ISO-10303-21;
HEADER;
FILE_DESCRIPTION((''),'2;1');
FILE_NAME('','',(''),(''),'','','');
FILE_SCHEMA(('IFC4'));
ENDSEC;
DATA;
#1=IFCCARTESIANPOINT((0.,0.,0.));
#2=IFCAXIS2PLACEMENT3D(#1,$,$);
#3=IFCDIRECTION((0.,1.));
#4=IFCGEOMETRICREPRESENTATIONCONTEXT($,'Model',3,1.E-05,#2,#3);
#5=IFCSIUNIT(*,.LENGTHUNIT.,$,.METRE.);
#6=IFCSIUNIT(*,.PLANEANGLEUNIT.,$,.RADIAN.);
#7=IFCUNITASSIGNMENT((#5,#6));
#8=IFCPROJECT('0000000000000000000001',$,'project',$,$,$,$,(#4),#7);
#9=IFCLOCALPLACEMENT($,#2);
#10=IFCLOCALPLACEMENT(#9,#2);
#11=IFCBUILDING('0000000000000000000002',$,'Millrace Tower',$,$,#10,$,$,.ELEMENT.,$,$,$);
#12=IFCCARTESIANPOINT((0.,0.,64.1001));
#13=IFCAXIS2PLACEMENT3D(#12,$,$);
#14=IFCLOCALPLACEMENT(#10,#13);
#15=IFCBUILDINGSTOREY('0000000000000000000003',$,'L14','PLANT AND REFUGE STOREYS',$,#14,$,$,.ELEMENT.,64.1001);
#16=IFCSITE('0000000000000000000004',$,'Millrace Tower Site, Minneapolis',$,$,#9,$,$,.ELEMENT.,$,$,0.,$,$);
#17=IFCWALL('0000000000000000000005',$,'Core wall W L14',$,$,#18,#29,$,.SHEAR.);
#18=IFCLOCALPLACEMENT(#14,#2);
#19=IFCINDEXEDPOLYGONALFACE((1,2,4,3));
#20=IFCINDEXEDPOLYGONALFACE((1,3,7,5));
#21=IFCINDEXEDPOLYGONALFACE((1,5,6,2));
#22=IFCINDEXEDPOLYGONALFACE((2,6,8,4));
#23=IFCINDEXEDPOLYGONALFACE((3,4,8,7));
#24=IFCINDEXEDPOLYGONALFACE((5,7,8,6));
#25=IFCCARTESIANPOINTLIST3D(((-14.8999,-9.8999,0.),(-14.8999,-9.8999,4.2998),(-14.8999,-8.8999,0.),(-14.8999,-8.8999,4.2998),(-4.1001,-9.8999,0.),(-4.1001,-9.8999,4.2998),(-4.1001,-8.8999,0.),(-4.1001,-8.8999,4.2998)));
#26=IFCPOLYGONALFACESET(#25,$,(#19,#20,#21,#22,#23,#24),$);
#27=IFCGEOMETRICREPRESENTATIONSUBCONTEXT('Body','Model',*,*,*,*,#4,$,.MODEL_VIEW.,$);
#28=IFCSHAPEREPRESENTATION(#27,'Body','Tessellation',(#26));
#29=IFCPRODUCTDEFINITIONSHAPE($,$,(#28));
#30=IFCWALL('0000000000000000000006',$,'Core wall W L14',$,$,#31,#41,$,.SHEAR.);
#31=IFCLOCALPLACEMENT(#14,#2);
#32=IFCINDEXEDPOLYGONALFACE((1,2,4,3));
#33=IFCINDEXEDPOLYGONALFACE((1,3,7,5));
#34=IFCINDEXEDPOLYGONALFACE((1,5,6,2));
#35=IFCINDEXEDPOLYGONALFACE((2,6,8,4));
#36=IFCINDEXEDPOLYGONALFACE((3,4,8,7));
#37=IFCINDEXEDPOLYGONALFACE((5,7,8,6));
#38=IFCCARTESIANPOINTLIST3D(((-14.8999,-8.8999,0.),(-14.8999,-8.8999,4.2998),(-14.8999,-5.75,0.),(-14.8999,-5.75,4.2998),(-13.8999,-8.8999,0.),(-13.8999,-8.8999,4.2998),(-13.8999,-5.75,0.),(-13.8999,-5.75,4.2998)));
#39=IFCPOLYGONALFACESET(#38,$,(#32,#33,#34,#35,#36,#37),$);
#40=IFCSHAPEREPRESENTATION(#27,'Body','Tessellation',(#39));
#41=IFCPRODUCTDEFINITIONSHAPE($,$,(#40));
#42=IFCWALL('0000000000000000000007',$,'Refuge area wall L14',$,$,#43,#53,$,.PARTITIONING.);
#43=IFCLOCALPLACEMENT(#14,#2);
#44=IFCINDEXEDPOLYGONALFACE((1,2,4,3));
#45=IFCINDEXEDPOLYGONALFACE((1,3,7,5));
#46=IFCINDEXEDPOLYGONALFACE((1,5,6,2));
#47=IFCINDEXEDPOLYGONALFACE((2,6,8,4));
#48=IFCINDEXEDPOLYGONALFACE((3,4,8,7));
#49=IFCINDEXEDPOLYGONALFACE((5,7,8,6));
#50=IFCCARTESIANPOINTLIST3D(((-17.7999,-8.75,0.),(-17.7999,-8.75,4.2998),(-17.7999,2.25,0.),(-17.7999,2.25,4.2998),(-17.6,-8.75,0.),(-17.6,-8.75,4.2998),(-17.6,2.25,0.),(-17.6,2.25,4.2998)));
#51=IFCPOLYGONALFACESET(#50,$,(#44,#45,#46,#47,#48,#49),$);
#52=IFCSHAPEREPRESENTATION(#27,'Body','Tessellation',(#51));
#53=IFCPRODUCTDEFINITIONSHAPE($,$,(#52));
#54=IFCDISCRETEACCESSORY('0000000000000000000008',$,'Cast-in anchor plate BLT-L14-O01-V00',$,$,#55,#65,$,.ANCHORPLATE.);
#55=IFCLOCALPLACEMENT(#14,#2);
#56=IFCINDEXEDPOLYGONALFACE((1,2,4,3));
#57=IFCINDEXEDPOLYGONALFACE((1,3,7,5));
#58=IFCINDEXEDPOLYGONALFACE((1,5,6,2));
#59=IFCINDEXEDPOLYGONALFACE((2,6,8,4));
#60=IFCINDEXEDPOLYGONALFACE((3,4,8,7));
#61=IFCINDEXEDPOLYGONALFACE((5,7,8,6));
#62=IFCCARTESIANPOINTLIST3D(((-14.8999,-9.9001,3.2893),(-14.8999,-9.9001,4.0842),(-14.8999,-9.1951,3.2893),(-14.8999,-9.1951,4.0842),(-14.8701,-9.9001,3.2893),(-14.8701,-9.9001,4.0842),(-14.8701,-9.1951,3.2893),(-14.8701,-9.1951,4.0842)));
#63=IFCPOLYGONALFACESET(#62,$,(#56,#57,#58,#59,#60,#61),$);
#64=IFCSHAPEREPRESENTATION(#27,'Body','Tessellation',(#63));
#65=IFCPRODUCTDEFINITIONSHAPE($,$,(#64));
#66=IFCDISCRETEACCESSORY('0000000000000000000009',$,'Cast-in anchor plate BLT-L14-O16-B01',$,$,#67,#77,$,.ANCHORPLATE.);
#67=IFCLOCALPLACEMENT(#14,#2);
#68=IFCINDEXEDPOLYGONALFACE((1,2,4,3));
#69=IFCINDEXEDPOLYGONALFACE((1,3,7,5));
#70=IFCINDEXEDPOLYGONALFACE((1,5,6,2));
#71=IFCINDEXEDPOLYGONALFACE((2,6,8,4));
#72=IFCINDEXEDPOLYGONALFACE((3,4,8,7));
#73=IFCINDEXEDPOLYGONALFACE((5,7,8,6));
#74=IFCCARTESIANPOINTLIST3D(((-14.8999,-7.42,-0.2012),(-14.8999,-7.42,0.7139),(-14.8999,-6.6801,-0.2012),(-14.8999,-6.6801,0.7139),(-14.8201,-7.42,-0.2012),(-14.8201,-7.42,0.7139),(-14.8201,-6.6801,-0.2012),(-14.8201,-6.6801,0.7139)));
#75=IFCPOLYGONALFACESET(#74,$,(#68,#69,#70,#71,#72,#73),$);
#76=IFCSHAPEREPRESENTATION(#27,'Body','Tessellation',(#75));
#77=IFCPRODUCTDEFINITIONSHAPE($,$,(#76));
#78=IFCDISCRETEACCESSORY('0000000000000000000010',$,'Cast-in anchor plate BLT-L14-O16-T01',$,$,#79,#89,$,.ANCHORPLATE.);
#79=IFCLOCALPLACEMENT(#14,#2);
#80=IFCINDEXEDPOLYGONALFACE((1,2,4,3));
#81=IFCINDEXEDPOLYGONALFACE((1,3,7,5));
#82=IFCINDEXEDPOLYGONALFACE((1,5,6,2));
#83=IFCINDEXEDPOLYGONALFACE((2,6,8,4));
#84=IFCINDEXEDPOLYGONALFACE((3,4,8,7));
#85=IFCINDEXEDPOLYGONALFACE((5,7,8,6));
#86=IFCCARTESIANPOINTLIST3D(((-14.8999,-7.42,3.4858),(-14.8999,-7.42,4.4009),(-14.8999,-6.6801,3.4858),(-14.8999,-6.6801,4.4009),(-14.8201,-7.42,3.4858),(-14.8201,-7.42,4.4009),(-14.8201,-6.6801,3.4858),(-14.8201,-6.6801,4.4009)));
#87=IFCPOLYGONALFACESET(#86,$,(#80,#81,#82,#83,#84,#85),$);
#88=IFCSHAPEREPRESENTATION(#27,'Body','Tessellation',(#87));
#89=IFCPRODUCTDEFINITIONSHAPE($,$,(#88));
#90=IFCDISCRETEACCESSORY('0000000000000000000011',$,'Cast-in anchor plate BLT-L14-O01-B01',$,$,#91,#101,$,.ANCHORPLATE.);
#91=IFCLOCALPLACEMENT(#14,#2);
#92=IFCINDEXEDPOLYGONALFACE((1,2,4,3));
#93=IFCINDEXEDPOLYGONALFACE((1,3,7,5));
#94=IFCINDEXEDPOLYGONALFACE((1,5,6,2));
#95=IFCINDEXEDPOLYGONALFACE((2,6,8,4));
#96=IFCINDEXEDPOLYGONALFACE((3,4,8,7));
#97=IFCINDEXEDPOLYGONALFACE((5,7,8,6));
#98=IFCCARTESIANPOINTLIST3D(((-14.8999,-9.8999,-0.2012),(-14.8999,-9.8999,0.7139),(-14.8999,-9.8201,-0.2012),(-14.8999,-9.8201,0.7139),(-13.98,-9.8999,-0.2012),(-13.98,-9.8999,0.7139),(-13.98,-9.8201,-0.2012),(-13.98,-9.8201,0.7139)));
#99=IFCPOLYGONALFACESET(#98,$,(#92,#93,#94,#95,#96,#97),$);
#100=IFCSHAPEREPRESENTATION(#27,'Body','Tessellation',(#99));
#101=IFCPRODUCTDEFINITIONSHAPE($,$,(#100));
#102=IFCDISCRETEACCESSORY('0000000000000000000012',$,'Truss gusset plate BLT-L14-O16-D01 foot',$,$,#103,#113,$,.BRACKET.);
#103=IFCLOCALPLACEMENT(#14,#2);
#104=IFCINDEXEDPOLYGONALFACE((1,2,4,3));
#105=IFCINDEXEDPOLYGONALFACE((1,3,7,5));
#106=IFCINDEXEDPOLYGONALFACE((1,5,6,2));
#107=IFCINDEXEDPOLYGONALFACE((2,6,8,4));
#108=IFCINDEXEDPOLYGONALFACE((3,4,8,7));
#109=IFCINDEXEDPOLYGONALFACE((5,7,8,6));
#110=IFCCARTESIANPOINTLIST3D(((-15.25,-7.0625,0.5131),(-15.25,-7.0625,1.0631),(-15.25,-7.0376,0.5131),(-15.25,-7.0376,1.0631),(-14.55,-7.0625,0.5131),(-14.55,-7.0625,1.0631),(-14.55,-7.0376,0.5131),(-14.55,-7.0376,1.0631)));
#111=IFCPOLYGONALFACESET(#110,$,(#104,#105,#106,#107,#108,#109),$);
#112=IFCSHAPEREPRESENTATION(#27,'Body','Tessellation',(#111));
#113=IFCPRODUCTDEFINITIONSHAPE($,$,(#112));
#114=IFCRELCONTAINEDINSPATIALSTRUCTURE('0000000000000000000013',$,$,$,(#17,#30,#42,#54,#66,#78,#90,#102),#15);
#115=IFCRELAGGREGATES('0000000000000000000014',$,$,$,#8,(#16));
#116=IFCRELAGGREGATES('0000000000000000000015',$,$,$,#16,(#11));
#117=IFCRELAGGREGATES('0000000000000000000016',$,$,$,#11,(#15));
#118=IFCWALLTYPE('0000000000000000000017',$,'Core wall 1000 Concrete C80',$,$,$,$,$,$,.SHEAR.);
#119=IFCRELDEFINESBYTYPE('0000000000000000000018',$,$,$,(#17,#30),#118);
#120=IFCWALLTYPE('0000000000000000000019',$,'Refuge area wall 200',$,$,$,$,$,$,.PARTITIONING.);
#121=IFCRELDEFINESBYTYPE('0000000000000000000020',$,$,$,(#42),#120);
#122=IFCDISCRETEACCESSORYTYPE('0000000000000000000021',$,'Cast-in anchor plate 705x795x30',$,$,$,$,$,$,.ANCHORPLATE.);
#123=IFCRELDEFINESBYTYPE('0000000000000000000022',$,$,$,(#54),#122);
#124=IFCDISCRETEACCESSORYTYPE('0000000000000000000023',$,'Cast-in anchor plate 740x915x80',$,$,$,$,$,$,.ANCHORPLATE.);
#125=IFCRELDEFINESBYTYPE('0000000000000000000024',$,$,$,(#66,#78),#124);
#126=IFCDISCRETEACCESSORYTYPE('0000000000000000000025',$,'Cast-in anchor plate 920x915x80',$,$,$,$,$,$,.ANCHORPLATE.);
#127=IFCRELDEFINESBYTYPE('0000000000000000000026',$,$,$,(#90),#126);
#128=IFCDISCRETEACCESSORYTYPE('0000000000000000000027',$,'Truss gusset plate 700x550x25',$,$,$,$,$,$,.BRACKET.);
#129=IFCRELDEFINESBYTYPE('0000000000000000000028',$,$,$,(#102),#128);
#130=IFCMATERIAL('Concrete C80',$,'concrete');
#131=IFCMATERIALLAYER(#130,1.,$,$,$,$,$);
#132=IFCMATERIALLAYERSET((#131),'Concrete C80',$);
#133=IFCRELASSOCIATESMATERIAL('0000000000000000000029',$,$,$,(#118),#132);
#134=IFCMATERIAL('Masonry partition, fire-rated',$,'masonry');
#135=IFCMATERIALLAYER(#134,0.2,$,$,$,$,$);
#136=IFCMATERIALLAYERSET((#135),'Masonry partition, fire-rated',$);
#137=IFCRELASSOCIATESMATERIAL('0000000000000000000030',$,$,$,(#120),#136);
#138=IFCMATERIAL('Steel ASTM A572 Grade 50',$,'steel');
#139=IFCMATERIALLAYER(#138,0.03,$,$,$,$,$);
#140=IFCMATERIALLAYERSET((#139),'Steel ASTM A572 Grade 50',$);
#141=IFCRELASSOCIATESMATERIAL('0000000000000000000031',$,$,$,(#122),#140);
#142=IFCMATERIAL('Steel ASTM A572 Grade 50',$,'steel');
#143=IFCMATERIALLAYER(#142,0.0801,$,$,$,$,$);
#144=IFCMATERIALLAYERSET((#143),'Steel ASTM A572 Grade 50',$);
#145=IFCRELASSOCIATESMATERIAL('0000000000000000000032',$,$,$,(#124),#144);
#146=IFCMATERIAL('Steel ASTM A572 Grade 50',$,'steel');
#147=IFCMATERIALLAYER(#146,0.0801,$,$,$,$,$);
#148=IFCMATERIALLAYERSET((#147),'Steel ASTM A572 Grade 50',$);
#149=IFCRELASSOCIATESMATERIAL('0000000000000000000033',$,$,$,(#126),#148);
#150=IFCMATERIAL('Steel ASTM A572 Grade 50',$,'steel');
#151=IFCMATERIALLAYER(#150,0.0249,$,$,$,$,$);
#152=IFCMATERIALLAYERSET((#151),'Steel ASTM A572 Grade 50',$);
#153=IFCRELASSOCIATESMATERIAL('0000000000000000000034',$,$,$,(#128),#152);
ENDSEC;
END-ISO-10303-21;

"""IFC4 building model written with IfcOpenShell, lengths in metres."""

from ifc_helpers import new_model, si_unit, direction, frame, frame_2d, origin, origin_2d, place, context, subcontext, project, spatial, rectangle, extrude, material, layer, layer_set, type_object, element, save


model = new_model("IFC4")

# Units and contexts
model_context = context("Model", 3, precision=1e-05, world=origin(), true_north=direction((0.0, 1.0)))
body_context = subcontext(model_context, "Body", "Model", "MODEL_VIEW")
ifc_project = project(units=[si_unit("LENGTHUNIT", "METRE"), si_unit("PLANEANGLEUNIT", "RADIAN")], contexts=[model_context])

# Site, building, storey
site_placement = place(None, origin())
site = spatial("IfcSite", under=ifc_project, at=site_placement, Name="Millrace Tower Site, Minneapolis", CompositionType="ELEMENT", RefElevation=0.0)
building_placement = place(site_placement, origin())
building = spatial("IfcBuilding", under=site, at=building_placement, Name="Millrace Tower", CompositionType="ELEMENT")
storey_placement = place(building_placement, frame((0.0, 0.0, 64.1001)))
storey = spatial("IfcBuildingStorey", under=building, at=storey_placement, Name="L14", Description="PLANT AND REFUGE STOREYS", CompositionType="ELEMENT", Elevation=64.1001)

# Walls
ifc_material_1 = material(Name="Concrete C80", Category="concrete")
ifc_layer_1 = layer(ifc_material_1, 1.0)
ifc_layer_set_1 = layer_set([ifc_layer_1], Name="Concrete C80")
wall_type_1 = type_object("IfcWallType", Name="Core wall 1000 Concrete C80", PredefinedType="SHEAR", material=ifc_layer_set_1)
wall_1_placement = place(storey_placement, frame((-14.8999, -9.3999, 0.0), z_axis=(0.0, 0.0, 1.0), x_axis=(1.0, 0.0, 0.0)))
element("IfcWall", 1, at=wall_1_placement, inside=storey, type_object=wall_type_1, Name="Core wall W L14", PredefinedType="SHEAR", context=body_context, shape_type="SweptSolid", body=[
    extrude(rectangle(XDim=10.7998, YDim=1.0, at=frame_2d((5.3999, 0.0))), origin(), (0.0, 0.0, 1.0), 4.2998),
])
wall_2_placement = place(storey_placement, frame((-14.3999, -8.8999, 0.0), z_axis=(0.0, 0.0, 1.0), x_axis=(0.0, 1.0, 0.0)))
element("IfcWall", 2, at=wall_2_placement, inside=storey, type_object=wall_type_1, Name="Core wall W L14", PredefinedType="SHEAR", context=body_context, shape_type="SweptSolid", body=[
    extrude(rectangle(XDim=3.1499, YDim=1.0, at=frame_2d((1.575, 0.0))), origin(), (0.0, 0.0, 1.0), 4.2998),
])
ifc_material_2 = material(Name="Masonry partition, fire-rated", Category="masonry")
ifc_layer_2 = layer(ifc_material_2, 0.2)
ifc_layer_set_2 = layer_set([ifc_layer_2], Name="Masonry partition, fire-rated")
wall_type_2 = type_object("IfcWallType", Name="Refuge area wall 200", PredefinedType="PARTITIONING", material=ifc_layer_set_2)
wall_3_placement = place(storey_placement, frame((-17.7, -8.75, 0.0), z_axis=(0.0, 0.0, 1.0), x_axis=(0.0, 1.0, 0.0)))
element("IfcWall", 3, at=wall_3_placement, inside=storey, type_object=wall_type_2, Name="Refuge area wall L14", PredefinedType="PARTITIONING", context=body_context, shape_type="SweptSolid", body=[
    extrude(rectangle(XDim=11.0, YDim=0.2, at=frame_2d((5.5, 0.0))), origin(), (0.0, 0.0, 1.0), 4.2998),
])

# Discrete accessories
ifc_material_3 = material(Name="Steel ASTM A572 Grade 50", Category="steel")
ifc_layer_3 = layer(ifc_material_3, 0.03)
ifc_layer_set_3 = layer_set([ifc_layer_3], Name="Steel ASTM A572 Grade 50")
discrete_accessory_type_1 = type_object("IfcDiscreteAccessoryType", Name="Cast-in anchor plate 705x795x30", PredefinedType="ANCHORPLATE", material=ifc_layer_set_3)
discrete_accessory_1_placement = place(storey_placement, frame((-14.8701, -9.5476, 3.6868), z_axis=(-1.0, 0.0, 0.0), x_axis=(0.0, -1.0, 0.0)))
element("IfcDiscreteAccessory", 4, at=discrete_accessory_1_placement, inside=storey, type_object=discrete_accessory_type_1, Name="Cast-in anchor plate BLT-L14-O01-V00", PredefinedType="ANCHORPLATE", context=body_context, shape_type="SweptSolid", body=[
    extrude(rectangle(XDim=0.7051, YDim=0.7949, at=origin_2d()), origin(), (0.0, 0.0, 1.0), 0.0298),
])
ifc_material_4 = material(Name="Steel ASTM A572 Grade 50", Category="steel")
ifc_layer_4 = layer(ifc_material_4, 0.0801)
ifc_layer_set_4 = layer_set([ifc_layer_4], Name="Steel ASTM A572 Grade 50")
discrete_accessory_type_2 = type_object("IfcDiscreteAccessoryType", Name="Cast-in anchor plate 740x915x80", PredefinedType="ANCHORPLATE", material=ifc_layer_set_4)
for number, where, z_axis, x_axis, name in (
    (5, (-14.8201, -7.05, 0.2563), (-1.0, 0.0, 0.0), (0.0, -1.0, 0.0), "Cast-in anchor plate BLT-L14-O16-B01"),
    (6, (-14.8201, -7.05, 3.9434), (-1.0, 0.0, 0.0), (0.0, -1.0, 0.0), "Cast-in anchor plate BLT-L14-O16-T01"),
):
    element("IfcDiscreteAccessory", number, at=place(storey_placement, frame(where, z_axis=z_axis, x_axis=x_axis)), inside=storey, type_object=discrete_accessory_type_2, Name=name, PredefinedType="ANCHORPLATE", context=body_context, shape_type="SweptSolid", body=[
        extrude(rectangle(XDim=0.74, YDim=0.915, at=origin_2d()), origin(), (0.0, 0.0, 1.0), 0.0798),
    ])
ifc_material_5 = material(Name="Steel ASTM A572 Grade 50", Category="steel")
ifc_layer_5 = layer(ifc_material_5, 0.0801)
ifc_layer_set_5 = layer_set([ifc_layer_5], Name="Steel ASTM A572 Grade 50")
discrete_accessory_type_3 = type_object("IfcDiscreteAccessoryType", Name="Cast-in anchor plate 920x915x80", PredefinedType="ANCHORPLATE", material=ifc_layer_set_5)
discrete_accessory_2_placement = place(storey_placement, frame((-14.4399, -9.8201, 0.2563), z_axis=(0.0, -1.0, 0.0), x_axis=(1.0, 0.0, 0.0)))
element("IfcDiscreteAccessory", 7, at=discrete_accessory_2_placement, inside=storey, type_object=discrete_accessory_type_3, Name="Cast-in anchor plate BLT-L14-O01-B01", PredefinedType="ANCHORPLATE", context=body_context, shape_type="SweptSolid", body=[
    extrude(rectangle(XDim=0.9199, YDim=0.915, at=origin_2d()), origin(), (0.0, 0.0, 1.0), 0.0798),
])
ifc_material_6 = material(Name="Steel ASTM A572 Grade 50", Category="steel")
ifc_layer_6 = layer(ifc_material_6, 0.0249)
ifc_layer_set_6 = layer_set([ifc_layer_6], Name="Steel ASTM A572 Grade 50")
discrete_accessory_type_4 = type_object("IfcDiscreteAccessoryType", Name="Truss gusset plate 700x550x25", PredefinedType="BRACKET", material=ifc_layer_set_6)
discrete_accessory_3_placement = place(storey_placement, frame((-15.25, -7.05, 0.7881), z_axis=(1.0, 0.0, 0.0), x_axis=(0.0, 1.0, 0.0)))
element("IfcDiscreteAccessory", 8, at=discrete_accessory_3_placement, inside=storey, type_object=discrete_accessory_type_4, Name="Truss gusset plate BLT-L14-O16-D01 foot", PredefinedType="BRACKET", context=body_context, shape_type="SweptSolid", body=[
    extrude(rectangle(XDim=0.0249, YDim=0.55, at=origin_2d()), origin(), (0.0, 0.0, 1.0), 0.7),
])

save(model, "model.ifc")
